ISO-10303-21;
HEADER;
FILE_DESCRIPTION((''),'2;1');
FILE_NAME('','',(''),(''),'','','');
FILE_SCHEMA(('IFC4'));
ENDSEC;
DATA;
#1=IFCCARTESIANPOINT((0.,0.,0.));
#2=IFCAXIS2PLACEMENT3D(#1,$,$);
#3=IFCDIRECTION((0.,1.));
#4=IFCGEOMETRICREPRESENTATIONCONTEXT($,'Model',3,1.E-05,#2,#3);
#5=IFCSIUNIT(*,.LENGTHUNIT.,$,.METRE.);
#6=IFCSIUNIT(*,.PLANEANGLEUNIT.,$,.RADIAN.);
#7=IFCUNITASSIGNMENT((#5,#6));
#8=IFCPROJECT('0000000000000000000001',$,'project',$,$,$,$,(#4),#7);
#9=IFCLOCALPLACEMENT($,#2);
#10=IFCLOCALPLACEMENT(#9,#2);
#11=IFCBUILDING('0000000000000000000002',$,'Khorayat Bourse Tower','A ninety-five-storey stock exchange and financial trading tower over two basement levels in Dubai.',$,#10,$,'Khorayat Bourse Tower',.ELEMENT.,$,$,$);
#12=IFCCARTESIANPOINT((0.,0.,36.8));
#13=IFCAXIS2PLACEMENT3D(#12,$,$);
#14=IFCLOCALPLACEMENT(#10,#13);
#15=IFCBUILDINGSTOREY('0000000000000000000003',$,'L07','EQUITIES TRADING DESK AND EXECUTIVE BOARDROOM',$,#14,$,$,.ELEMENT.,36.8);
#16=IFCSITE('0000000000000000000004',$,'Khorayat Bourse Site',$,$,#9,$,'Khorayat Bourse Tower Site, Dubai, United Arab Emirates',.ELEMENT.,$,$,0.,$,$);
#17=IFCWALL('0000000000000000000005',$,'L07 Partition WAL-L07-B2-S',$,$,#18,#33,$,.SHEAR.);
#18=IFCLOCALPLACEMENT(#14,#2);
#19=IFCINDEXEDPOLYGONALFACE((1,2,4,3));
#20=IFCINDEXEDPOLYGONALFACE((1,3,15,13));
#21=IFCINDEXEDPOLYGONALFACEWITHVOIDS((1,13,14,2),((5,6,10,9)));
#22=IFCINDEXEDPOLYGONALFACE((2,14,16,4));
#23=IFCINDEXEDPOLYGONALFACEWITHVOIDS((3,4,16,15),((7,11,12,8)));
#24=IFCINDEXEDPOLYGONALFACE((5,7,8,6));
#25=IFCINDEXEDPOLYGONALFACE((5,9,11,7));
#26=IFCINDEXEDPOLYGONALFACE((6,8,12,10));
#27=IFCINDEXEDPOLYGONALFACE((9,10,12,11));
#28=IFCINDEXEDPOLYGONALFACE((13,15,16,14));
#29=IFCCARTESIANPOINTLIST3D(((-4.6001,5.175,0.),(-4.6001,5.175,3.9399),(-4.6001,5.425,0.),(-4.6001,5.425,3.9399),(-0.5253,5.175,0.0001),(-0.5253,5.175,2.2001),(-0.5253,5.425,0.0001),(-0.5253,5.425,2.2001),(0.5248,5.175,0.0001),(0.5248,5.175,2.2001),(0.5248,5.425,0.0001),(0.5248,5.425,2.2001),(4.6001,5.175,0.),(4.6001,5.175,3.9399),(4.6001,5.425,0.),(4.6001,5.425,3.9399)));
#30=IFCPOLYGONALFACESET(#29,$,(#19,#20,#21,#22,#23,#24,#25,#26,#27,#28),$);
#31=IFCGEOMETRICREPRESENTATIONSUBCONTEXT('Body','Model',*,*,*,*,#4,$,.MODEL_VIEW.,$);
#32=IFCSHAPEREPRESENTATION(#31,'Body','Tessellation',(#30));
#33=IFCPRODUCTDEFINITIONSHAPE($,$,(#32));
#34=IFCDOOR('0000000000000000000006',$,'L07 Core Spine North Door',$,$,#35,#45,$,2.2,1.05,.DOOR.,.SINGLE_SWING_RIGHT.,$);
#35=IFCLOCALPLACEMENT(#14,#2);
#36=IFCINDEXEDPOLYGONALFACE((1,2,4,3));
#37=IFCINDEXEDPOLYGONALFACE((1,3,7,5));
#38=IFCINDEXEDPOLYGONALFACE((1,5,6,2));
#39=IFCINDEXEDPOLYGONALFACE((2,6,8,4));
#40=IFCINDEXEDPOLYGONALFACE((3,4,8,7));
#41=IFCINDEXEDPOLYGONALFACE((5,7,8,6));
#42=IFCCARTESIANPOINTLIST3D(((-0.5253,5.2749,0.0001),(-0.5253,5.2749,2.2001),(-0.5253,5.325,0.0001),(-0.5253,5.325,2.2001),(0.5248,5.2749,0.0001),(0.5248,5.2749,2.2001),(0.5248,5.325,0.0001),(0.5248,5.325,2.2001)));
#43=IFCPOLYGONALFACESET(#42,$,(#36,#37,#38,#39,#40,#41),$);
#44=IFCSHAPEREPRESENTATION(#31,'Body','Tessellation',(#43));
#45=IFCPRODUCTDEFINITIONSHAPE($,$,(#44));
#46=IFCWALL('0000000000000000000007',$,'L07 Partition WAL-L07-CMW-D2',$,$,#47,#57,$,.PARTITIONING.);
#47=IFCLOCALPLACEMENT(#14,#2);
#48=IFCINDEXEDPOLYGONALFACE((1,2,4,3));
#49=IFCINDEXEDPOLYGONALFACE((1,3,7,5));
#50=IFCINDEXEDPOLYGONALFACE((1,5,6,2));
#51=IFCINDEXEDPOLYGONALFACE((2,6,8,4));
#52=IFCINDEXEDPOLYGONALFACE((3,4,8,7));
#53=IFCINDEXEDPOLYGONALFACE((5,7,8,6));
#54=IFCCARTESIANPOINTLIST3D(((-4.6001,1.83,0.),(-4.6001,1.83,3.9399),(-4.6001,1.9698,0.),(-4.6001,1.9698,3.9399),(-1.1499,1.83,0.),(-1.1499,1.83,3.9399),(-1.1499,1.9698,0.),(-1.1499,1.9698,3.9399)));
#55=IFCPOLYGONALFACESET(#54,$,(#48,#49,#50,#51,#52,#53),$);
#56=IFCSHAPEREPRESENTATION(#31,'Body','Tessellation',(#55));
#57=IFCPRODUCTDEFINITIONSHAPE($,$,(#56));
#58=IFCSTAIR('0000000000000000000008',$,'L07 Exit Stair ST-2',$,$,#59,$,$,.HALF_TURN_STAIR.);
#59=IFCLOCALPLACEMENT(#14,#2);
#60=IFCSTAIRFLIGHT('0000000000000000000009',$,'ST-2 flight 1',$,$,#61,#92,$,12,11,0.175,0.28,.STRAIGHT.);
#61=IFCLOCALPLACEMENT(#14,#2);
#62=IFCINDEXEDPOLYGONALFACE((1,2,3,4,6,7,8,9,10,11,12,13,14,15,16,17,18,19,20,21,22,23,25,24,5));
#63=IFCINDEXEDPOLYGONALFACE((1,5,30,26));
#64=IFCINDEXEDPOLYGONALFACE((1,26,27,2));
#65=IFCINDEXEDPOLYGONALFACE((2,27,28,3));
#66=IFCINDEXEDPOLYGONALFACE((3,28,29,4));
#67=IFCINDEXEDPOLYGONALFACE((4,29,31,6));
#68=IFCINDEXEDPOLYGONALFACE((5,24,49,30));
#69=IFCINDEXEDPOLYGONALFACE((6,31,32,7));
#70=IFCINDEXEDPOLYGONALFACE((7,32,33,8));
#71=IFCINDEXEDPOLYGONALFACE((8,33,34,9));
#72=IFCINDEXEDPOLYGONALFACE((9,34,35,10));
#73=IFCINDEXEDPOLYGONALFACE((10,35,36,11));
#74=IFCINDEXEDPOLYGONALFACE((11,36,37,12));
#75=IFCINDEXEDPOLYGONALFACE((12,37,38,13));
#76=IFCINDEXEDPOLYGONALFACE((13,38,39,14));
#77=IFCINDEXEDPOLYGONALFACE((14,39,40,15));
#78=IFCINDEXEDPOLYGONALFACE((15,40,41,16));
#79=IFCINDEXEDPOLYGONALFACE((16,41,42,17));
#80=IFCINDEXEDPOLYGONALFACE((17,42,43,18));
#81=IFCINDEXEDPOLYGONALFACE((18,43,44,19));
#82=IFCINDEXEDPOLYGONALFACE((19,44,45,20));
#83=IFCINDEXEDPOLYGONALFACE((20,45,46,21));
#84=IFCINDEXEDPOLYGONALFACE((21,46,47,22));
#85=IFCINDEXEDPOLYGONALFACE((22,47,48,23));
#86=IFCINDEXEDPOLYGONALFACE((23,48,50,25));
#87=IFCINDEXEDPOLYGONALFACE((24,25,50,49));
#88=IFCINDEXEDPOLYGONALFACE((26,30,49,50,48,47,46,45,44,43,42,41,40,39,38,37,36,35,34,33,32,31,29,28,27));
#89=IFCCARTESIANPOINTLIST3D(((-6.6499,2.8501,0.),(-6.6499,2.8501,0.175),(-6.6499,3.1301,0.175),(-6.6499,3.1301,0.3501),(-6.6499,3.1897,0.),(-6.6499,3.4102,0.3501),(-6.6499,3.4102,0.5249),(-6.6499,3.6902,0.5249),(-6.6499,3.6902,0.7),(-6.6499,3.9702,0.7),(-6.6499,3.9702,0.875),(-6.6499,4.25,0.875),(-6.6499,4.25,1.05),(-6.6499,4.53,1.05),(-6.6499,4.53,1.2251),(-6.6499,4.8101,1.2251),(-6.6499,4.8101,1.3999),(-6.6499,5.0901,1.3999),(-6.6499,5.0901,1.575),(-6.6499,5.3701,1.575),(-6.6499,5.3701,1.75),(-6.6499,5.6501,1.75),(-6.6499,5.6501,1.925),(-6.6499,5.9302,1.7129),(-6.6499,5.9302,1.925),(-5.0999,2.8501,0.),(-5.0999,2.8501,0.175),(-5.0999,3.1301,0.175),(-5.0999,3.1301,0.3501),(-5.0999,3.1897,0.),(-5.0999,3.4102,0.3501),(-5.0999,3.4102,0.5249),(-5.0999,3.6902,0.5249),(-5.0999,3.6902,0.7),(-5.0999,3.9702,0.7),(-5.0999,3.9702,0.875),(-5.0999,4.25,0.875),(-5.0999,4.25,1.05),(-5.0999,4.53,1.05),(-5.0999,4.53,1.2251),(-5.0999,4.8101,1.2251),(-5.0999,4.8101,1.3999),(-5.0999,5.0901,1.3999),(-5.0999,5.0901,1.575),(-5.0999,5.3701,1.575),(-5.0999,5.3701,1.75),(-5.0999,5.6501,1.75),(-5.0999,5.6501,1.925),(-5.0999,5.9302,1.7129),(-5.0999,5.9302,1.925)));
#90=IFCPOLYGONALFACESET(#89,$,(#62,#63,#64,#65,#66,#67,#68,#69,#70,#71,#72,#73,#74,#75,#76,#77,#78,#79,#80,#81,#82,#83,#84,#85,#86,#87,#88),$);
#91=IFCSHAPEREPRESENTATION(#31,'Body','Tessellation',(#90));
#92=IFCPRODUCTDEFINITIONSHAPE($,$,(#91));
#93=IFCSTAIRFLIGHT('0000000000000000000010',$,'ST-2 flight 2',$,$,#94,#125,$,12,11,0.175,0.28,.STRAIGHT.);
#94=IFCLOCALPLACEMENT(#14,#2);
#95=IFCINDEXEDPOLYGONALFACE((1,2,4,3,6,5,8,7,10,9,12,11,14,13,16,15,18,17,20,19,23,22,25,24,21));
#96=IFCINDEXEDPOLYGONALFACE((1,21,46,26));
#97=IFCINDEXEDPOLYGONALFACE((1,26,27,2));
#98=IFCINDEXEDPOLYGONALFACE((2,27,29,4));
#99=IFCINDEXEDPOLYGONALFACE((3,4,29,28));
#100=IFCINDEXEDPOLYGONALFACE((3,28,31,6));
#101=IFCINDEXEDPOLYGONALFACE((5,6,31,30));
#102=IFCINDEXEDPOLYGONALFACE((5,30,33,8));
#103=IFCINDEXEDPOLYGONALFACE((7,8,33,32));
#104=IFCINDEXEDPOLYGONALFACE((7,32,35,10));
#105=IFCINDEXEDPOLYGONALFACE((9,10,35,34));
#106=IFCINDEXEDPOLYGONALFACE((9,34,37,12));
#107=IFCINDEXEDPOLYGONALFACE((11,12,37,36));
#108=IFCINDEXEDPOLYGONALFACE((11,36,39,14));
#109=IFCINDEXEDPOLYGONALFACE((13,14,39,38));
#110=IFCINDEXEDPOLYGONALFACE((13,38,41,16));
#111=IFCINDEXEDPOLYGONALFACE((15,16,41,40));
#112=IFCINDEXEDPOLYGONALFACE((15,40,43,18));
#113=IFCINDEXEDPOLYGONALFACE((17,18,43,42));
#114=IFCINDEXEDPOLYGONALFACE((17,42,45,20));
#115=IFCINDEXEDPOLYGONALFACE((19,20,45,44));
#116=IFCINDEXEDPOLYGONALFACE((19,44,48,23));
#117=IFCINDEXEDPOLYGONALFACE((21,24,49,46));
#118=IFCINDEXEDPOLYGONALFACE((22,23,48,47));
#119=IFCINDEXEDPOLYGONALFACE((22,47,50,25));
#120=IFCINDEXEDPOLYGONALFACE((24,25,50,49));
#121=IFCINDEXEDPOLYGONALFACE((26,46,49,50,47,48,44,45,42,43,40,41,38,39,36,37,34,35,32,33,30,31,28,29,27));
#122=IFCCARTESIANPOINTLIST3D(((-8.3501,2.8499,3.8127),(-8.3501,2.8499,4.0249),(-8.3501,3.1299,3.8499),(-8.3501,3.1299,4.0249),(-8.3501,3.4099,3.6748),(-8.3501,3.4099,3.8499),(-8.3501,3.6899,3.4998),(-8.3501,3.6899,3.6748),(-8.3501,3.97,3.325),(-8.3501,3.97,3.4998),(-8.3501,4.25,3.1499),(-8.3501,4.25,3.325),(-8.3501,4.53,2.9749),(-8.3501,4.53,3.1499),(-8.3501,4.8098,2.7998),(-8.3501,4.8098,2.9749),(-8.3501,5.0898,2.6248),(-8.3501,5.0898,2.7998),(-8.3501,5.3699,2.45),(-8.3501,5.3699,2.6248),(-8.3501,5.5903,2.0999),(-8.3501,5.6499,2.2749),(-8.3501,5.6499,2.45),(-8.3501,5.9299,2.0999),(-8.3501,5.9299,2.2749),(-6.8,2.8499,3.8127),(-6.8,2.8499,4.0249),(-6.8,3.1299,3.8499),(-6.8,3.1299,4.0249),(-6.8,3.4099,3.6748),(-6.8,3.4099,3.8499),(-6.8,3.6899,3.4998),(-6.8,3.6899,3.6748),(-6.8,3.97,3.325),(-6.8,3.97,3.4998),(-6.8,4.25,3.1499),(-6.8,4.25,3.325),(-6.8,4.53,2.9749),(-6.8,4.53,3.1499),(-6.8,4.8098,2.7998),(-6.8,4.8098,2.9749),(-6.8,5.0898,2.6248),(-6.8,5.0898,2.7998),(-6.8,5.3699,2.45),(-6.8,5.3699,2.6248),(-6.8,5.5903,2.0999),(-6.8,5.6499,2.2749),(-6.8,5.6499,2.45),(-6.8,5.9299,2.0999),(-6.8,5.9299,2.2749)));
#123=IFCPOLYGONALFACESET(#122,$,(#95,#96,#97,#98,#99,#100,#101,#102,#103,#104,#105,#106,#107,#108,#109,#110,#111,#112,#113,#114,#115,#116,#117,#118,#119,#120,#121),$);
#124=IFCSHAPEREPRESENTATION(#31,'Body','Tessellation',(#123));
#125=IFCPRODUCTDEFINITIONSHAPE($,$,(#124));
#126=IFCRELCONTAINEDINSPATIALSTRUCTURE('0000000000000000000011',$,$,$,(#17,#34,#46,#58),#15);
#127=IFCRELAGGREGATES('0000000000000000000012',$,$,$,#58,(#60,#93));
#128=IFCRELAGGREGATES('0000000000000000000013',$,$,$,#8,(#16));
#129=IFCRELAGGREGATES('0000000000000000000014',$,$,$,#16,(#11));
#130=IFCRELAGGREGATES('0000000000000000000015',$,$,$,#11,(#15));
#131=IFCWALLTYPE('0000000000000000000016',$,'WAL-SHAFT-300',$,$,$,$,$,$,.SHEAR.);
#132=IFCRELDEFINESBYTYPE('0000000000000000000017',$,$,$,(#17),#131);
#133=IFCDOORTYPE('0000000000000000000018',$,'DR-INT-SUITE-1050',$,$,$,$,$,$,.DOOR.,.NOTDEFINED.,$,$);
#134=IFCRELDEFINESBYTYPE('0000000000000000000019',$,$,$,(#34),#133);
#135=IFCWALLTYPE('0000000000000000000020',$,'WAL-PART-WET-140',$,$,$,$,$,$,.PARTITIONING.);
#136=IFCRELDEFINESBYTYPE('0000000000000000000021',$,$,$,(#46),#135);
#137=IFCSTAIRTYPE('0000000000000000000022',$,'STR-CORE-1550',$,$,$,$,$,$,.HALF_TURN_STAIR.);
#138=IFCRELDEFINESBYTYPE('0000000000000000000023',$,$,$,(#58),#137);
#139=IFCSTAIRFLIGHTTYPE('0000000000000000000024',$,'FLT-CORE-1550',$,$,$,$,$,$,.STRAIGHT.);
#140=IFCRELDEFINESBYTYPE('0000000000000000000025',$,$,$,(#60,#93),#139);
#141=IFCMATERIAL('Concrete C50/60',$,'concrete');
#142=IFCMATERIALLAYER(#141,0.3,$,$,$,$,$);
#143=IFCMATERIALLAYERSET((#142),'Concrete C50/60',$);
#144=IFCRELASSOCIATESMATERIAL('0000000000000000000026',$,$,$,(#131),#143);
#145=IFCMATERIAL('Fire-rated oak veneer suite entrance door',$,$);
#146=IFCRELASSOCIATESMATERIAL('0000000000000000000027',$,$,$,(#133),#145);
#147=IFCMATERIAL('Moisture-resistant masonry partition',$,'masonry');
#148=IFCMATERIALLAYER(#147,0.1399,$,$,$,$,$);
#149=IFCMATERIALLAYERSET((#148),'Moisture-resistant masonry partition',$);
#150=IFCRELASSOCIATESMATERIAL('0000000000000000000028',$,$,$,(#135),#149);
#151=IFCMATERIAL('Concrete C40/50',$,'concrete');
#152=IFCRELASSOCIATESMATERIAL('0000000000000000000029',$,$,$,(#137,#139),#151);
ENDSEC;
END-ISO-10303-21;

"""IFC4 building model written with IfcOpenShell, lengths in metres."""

from ifc_helpers import new_model, si_unit, direction, frame, frame_2d, origin, place, context, subcontext, project, spatial, polyline, rectangle, outline, extrude, source, transform, mapped, material, layer, layer_set, type_object, element, fill, aggregate, save


model = new_model("IFC4")

# Units and contexts
model_context = context("Model", 3, precision=1e-05, world=origin(), true_north=direction((0.0, 1.0)))
body_context = subcontext(model_context, "Body", "Model", "MODEL_VIEW")
ifc_project = project(units=[si_unit("LENGTHUNIT", "METRE"), si_unit("PLANEANGLEUNIT", "RADIAN")], contexts=[model_context])

# Site, building, storey
site_placement = place(None, origin())
site = spatial("IfcSite", under=ifc_project, at=site_placement, Name="Khorayat Bourse Site", LongName="Khorayat Bourse Tower Site, Dubai, United Arab Emirates", CompositionType="ELEMENT", RefElevation=0.0)
building_placement = place(site_placement, origin())
building = spatial("IfcBuilding", under=site, at=building_placement, Name="Khorayat Bourse Tower", Description="A ninety-five-storey stock exchange and financial trading tower over two basement levels in Dubai.", LongName="Khorayat Bourse Tower", CompositionType="ELEMENT")
storey_placement = place(building_placement, frame((0.0, 0.0, 36.8)))
storey = spatial("IfcBuildingStorey", under=building, at=storey_placement, Name="L07", Description="EQUITIES TRADING DESK AND EXECUTIVE BOARDROOM", CompositionType="ELEMENT", Elevation=36.8)

# Shared definitions
ifc_material_1 = material(Name="Concrete C50/60", Category="concrete")
ifc_layer_1 = layer(ifc_material_1, 0.3)
ifc_layer_set_1 = layer_set([ifc_layer_1], Name="Concrete C50/60")
wall_type_1 = type_object("IfcWallType", Name="WAL-SHAFT-300", PredefinedType="SHEAR", material=ifc_layer_set_1)

# Wall, opening, door
shared_shape_1 = source(origin(), body_context, "Body", "SweptSolid", [
    extrude(rectangle(XDim=9.2002, YDim=0.25, at=frame_2d((4.6001, 0.0))), origin(), (0.0, 0.0, 1.0), 3.9399),
])
wall_1_placement = place(storey_placement, frame((-4.6001, 5.3, 0.0), z_axis=(0.0, 0.0, 1.0), x_axis=(1.0, 0.0, 0.0)))
wall_1 = element("IfcWall", 1, at=wall_1_placement, inside=storey, type_object=wall_type_1, Name="L07 Partition WAL-L07-B2-S", PredefinedType="SHEAR", context=body_context, shape_type="MappedRepresentation", body=[
    mapped(shared_shape_1, transform((0.0, 0.0, 0.0), scale=1.0)),
])
shared_shape_2 = source(origin(), body_context, "Body", "SweptSolid", [
    extrude(rectangle(XDim=1.05, YDim=2.2, at=frame_2d((0.5249, 1.1001))), frame((0.0, 0.135, 0.0), z_axis=(0.0, -1.0, 0.0), x_axis=(1.0, 0.0, 0.0)), (0.0, 0.0, 1.0), 0.27),
])
opening_placement = place(wall_1_placement, frame((4.075, 0.0, 0.0)))
opening = element("IfcOpeningElement", 2, at=opening_placement, cuts=wall_1, PredefinedType="OPENING", context=body_context, shape_type="MappedRepresentation", body=[
    mapped(shared_shape_2, transform((0.0, 0.0, 0.0), scale=1.0)),
])
ifc_material_2 = material(Name="Fire-rated oak veneer suite entrance door")
door_type = type_object("IfcDoorType", Name="DR-INT-SUITE-1050", OperationType="NOTDEFINED", PredefinedType="DOOR", material=ifc_material_2)
shared_shape_3 = source(origin(), body_context, "Body", "SweptSolid", [
    extrude(rectangle(XDim=1.05, YDim=2.2, at=frame_2d((0.5249, 1.1001))), frame((0.0, 0.0249, 0.0), z_axis=(0.0, -1.0, 0.0), x_axis=(1.0, 0.0, 0.0)), (0.0, 0.0, 1.0), 0.05),
])
door_placement = place(opening_placement, origin())
door = element("IfcDoor", 3, at=door_placement, inside=storey, type_object=door_type, Name="L07 Core Spine North Door", OperationType="SINGLE_SWING_RIGHT", OverallHeight=2.2, OverallWidth=1.05, PredefinedType="DOOR", context=body_context, shape_type="MappedRepresentation", body=[
    mapped(shared_shape_3, transform((0.0, 0.0, 0.0), scale=1.0)),
])
fill(opening, door)

# Wall
ifc_material_3 = material(Name="Moisture-resistant masonry partition", Category="masonry")
ifc_layer_2 = layer(ifc_material_3, 0.1399)
ifc_layer_set_2 = layer_set([ifc_layer_2], Name="Moisture-resistant masonry partition")
wall_type_2 = type_object("IfcWallType", Name="WAL-PART-WET-140", PredefinedType="PARTITIONING", material=ifc_layer_set_2)
shared_shape_4 = source(origin(), body_context, "Body", "SweptSolid", [
    extrude(rectangle(XDim=3.4502, YDim=0.1399, at=frame_2d((1.7251, 0.0))), origin(), (0.0, 0.0, 1.0), 3.9399),
])
wall_2_placement = place(storey_placement, frame((-4.6001, 1.8999, 0.0), z_axis=(0.0, 0.0, 1.0), x_axis=(1.0, 0.0, 0.0)))
element("IfcWall", 4, at=wall_2_placement, inside=storey, type_object=wall_type_2, Name="L07 Partition WAL-L07-CMW-D2", PredefinedType="PARTITIONING", context=body_context, shape_type="MappedRepresentation", body=[
    mapped(shared_shape_4, transform((0.0, 0.0, 0.0), scale=1.0)),
])

# Stair, stair flights
ifc_material_4 = material(Name="Concrete C40/50", Category="concrete")
stair_type = type_object("IfcStairType", Name="STR-CORE-1550", PredefinedType="HALF_TURN_STAIR", material=ifc_material_4)
stair_placement = place(storey_placement, origin())
stair = element("IfcStair", 5, at=stair_placement, inside=storey, type_object=stair_type, Name="L07 Exit Stair ST-2", PredefinedType="HALF_TURN_STAIR")
stair_flight_type = type_object("IfcStairFlightType", Name="FLT-CORE-1550", PredefinedType="STRAIGHT", material=ifc_material_4)
shared_shape_5 = source(origin(), body_context, "Body", "SweptSolid", [
    extrude(outline(polyline([(0.0, 0.0), (0.0, 0.175), (0.28, 0.175), (0.28, 0.3501), (0.5601, 0.3501), (0.5601, 0.5249), (0.8401, 0.5249), (0.8401, 0.7), (1.1201, 0.7), (1.1201, 0.875), (1.3999, 0.875), (1.3999, 1.05), (1.6799, 1.05), (1.6799, 1.2251), (1.96, 1.2251), (1.96, 1.3999), (2.24, 1.3999), (2.24, 1.575), (2.52, 1.575), (2.52, 1.75), (2.8, 1.75), (2.8, 1.925), (3.0801, 1.925), (3.0801, 2.1001), (3.0801, 1.7129), (0.3396, 0.0), (0.0, 0.0)])), frame((0.0, 0.7749, 0.0), z_axis=(0.0, -1.0, 0.0), x_axis=(1.0, 0.0, 0.0)), (0.0, 0.0, 1.0), 1.55),
])
stair_flight_1_placement = place(storey_placement, frame((-5.875, 2.8501, 0.0), z_axis=(0.0, 0.0, 1.0), x_axis=(0.0, 1.0, 0.0)))
stair_flight_1 = element("IfcStairFlight", 6, at=stair_flight_1_placement, type_object=stair_flight_type, Name="ST-2 flight 1", NumberOfRisers=12, NumberOfTreads=11, PredefinedType="STRAIGHT", RiserHeight=0.175, TreadLength=0.28, context=body_context, shape_type="MappedRepresentation", body=[
    mapped(shared_shape_5, transform((0.0, 0.0, 0.0), scale=1.0)),
])
stair_flight_2_placement = place(storey_placement, frame((-7.575, 5.9299, 2.0999), z_axis=(0.0, 0.0, 1.0), x_axis=(0.0, -1.0, 0.0)))
stair_flight_2 = element("IfcStairFlight", 7, at=stair_flight_2_placement, type_object=stair_flight_type, Name="ST-2 flight 2", NumberOfRisers=12, NumberOfTreads=11, PredefinedType="STRAIGHT", RiserHeight=0.175, TreadLength=0.28, context=body_context, shape_type="MappedRepresentation", body=[
    mapped(shared_shape_5, transform((0.0, 0.0, 0.0), scale=1.0)),
])
aggregate(stair, [stair_flight_1, stair_flight_2])

save(model, "model.ifc")
